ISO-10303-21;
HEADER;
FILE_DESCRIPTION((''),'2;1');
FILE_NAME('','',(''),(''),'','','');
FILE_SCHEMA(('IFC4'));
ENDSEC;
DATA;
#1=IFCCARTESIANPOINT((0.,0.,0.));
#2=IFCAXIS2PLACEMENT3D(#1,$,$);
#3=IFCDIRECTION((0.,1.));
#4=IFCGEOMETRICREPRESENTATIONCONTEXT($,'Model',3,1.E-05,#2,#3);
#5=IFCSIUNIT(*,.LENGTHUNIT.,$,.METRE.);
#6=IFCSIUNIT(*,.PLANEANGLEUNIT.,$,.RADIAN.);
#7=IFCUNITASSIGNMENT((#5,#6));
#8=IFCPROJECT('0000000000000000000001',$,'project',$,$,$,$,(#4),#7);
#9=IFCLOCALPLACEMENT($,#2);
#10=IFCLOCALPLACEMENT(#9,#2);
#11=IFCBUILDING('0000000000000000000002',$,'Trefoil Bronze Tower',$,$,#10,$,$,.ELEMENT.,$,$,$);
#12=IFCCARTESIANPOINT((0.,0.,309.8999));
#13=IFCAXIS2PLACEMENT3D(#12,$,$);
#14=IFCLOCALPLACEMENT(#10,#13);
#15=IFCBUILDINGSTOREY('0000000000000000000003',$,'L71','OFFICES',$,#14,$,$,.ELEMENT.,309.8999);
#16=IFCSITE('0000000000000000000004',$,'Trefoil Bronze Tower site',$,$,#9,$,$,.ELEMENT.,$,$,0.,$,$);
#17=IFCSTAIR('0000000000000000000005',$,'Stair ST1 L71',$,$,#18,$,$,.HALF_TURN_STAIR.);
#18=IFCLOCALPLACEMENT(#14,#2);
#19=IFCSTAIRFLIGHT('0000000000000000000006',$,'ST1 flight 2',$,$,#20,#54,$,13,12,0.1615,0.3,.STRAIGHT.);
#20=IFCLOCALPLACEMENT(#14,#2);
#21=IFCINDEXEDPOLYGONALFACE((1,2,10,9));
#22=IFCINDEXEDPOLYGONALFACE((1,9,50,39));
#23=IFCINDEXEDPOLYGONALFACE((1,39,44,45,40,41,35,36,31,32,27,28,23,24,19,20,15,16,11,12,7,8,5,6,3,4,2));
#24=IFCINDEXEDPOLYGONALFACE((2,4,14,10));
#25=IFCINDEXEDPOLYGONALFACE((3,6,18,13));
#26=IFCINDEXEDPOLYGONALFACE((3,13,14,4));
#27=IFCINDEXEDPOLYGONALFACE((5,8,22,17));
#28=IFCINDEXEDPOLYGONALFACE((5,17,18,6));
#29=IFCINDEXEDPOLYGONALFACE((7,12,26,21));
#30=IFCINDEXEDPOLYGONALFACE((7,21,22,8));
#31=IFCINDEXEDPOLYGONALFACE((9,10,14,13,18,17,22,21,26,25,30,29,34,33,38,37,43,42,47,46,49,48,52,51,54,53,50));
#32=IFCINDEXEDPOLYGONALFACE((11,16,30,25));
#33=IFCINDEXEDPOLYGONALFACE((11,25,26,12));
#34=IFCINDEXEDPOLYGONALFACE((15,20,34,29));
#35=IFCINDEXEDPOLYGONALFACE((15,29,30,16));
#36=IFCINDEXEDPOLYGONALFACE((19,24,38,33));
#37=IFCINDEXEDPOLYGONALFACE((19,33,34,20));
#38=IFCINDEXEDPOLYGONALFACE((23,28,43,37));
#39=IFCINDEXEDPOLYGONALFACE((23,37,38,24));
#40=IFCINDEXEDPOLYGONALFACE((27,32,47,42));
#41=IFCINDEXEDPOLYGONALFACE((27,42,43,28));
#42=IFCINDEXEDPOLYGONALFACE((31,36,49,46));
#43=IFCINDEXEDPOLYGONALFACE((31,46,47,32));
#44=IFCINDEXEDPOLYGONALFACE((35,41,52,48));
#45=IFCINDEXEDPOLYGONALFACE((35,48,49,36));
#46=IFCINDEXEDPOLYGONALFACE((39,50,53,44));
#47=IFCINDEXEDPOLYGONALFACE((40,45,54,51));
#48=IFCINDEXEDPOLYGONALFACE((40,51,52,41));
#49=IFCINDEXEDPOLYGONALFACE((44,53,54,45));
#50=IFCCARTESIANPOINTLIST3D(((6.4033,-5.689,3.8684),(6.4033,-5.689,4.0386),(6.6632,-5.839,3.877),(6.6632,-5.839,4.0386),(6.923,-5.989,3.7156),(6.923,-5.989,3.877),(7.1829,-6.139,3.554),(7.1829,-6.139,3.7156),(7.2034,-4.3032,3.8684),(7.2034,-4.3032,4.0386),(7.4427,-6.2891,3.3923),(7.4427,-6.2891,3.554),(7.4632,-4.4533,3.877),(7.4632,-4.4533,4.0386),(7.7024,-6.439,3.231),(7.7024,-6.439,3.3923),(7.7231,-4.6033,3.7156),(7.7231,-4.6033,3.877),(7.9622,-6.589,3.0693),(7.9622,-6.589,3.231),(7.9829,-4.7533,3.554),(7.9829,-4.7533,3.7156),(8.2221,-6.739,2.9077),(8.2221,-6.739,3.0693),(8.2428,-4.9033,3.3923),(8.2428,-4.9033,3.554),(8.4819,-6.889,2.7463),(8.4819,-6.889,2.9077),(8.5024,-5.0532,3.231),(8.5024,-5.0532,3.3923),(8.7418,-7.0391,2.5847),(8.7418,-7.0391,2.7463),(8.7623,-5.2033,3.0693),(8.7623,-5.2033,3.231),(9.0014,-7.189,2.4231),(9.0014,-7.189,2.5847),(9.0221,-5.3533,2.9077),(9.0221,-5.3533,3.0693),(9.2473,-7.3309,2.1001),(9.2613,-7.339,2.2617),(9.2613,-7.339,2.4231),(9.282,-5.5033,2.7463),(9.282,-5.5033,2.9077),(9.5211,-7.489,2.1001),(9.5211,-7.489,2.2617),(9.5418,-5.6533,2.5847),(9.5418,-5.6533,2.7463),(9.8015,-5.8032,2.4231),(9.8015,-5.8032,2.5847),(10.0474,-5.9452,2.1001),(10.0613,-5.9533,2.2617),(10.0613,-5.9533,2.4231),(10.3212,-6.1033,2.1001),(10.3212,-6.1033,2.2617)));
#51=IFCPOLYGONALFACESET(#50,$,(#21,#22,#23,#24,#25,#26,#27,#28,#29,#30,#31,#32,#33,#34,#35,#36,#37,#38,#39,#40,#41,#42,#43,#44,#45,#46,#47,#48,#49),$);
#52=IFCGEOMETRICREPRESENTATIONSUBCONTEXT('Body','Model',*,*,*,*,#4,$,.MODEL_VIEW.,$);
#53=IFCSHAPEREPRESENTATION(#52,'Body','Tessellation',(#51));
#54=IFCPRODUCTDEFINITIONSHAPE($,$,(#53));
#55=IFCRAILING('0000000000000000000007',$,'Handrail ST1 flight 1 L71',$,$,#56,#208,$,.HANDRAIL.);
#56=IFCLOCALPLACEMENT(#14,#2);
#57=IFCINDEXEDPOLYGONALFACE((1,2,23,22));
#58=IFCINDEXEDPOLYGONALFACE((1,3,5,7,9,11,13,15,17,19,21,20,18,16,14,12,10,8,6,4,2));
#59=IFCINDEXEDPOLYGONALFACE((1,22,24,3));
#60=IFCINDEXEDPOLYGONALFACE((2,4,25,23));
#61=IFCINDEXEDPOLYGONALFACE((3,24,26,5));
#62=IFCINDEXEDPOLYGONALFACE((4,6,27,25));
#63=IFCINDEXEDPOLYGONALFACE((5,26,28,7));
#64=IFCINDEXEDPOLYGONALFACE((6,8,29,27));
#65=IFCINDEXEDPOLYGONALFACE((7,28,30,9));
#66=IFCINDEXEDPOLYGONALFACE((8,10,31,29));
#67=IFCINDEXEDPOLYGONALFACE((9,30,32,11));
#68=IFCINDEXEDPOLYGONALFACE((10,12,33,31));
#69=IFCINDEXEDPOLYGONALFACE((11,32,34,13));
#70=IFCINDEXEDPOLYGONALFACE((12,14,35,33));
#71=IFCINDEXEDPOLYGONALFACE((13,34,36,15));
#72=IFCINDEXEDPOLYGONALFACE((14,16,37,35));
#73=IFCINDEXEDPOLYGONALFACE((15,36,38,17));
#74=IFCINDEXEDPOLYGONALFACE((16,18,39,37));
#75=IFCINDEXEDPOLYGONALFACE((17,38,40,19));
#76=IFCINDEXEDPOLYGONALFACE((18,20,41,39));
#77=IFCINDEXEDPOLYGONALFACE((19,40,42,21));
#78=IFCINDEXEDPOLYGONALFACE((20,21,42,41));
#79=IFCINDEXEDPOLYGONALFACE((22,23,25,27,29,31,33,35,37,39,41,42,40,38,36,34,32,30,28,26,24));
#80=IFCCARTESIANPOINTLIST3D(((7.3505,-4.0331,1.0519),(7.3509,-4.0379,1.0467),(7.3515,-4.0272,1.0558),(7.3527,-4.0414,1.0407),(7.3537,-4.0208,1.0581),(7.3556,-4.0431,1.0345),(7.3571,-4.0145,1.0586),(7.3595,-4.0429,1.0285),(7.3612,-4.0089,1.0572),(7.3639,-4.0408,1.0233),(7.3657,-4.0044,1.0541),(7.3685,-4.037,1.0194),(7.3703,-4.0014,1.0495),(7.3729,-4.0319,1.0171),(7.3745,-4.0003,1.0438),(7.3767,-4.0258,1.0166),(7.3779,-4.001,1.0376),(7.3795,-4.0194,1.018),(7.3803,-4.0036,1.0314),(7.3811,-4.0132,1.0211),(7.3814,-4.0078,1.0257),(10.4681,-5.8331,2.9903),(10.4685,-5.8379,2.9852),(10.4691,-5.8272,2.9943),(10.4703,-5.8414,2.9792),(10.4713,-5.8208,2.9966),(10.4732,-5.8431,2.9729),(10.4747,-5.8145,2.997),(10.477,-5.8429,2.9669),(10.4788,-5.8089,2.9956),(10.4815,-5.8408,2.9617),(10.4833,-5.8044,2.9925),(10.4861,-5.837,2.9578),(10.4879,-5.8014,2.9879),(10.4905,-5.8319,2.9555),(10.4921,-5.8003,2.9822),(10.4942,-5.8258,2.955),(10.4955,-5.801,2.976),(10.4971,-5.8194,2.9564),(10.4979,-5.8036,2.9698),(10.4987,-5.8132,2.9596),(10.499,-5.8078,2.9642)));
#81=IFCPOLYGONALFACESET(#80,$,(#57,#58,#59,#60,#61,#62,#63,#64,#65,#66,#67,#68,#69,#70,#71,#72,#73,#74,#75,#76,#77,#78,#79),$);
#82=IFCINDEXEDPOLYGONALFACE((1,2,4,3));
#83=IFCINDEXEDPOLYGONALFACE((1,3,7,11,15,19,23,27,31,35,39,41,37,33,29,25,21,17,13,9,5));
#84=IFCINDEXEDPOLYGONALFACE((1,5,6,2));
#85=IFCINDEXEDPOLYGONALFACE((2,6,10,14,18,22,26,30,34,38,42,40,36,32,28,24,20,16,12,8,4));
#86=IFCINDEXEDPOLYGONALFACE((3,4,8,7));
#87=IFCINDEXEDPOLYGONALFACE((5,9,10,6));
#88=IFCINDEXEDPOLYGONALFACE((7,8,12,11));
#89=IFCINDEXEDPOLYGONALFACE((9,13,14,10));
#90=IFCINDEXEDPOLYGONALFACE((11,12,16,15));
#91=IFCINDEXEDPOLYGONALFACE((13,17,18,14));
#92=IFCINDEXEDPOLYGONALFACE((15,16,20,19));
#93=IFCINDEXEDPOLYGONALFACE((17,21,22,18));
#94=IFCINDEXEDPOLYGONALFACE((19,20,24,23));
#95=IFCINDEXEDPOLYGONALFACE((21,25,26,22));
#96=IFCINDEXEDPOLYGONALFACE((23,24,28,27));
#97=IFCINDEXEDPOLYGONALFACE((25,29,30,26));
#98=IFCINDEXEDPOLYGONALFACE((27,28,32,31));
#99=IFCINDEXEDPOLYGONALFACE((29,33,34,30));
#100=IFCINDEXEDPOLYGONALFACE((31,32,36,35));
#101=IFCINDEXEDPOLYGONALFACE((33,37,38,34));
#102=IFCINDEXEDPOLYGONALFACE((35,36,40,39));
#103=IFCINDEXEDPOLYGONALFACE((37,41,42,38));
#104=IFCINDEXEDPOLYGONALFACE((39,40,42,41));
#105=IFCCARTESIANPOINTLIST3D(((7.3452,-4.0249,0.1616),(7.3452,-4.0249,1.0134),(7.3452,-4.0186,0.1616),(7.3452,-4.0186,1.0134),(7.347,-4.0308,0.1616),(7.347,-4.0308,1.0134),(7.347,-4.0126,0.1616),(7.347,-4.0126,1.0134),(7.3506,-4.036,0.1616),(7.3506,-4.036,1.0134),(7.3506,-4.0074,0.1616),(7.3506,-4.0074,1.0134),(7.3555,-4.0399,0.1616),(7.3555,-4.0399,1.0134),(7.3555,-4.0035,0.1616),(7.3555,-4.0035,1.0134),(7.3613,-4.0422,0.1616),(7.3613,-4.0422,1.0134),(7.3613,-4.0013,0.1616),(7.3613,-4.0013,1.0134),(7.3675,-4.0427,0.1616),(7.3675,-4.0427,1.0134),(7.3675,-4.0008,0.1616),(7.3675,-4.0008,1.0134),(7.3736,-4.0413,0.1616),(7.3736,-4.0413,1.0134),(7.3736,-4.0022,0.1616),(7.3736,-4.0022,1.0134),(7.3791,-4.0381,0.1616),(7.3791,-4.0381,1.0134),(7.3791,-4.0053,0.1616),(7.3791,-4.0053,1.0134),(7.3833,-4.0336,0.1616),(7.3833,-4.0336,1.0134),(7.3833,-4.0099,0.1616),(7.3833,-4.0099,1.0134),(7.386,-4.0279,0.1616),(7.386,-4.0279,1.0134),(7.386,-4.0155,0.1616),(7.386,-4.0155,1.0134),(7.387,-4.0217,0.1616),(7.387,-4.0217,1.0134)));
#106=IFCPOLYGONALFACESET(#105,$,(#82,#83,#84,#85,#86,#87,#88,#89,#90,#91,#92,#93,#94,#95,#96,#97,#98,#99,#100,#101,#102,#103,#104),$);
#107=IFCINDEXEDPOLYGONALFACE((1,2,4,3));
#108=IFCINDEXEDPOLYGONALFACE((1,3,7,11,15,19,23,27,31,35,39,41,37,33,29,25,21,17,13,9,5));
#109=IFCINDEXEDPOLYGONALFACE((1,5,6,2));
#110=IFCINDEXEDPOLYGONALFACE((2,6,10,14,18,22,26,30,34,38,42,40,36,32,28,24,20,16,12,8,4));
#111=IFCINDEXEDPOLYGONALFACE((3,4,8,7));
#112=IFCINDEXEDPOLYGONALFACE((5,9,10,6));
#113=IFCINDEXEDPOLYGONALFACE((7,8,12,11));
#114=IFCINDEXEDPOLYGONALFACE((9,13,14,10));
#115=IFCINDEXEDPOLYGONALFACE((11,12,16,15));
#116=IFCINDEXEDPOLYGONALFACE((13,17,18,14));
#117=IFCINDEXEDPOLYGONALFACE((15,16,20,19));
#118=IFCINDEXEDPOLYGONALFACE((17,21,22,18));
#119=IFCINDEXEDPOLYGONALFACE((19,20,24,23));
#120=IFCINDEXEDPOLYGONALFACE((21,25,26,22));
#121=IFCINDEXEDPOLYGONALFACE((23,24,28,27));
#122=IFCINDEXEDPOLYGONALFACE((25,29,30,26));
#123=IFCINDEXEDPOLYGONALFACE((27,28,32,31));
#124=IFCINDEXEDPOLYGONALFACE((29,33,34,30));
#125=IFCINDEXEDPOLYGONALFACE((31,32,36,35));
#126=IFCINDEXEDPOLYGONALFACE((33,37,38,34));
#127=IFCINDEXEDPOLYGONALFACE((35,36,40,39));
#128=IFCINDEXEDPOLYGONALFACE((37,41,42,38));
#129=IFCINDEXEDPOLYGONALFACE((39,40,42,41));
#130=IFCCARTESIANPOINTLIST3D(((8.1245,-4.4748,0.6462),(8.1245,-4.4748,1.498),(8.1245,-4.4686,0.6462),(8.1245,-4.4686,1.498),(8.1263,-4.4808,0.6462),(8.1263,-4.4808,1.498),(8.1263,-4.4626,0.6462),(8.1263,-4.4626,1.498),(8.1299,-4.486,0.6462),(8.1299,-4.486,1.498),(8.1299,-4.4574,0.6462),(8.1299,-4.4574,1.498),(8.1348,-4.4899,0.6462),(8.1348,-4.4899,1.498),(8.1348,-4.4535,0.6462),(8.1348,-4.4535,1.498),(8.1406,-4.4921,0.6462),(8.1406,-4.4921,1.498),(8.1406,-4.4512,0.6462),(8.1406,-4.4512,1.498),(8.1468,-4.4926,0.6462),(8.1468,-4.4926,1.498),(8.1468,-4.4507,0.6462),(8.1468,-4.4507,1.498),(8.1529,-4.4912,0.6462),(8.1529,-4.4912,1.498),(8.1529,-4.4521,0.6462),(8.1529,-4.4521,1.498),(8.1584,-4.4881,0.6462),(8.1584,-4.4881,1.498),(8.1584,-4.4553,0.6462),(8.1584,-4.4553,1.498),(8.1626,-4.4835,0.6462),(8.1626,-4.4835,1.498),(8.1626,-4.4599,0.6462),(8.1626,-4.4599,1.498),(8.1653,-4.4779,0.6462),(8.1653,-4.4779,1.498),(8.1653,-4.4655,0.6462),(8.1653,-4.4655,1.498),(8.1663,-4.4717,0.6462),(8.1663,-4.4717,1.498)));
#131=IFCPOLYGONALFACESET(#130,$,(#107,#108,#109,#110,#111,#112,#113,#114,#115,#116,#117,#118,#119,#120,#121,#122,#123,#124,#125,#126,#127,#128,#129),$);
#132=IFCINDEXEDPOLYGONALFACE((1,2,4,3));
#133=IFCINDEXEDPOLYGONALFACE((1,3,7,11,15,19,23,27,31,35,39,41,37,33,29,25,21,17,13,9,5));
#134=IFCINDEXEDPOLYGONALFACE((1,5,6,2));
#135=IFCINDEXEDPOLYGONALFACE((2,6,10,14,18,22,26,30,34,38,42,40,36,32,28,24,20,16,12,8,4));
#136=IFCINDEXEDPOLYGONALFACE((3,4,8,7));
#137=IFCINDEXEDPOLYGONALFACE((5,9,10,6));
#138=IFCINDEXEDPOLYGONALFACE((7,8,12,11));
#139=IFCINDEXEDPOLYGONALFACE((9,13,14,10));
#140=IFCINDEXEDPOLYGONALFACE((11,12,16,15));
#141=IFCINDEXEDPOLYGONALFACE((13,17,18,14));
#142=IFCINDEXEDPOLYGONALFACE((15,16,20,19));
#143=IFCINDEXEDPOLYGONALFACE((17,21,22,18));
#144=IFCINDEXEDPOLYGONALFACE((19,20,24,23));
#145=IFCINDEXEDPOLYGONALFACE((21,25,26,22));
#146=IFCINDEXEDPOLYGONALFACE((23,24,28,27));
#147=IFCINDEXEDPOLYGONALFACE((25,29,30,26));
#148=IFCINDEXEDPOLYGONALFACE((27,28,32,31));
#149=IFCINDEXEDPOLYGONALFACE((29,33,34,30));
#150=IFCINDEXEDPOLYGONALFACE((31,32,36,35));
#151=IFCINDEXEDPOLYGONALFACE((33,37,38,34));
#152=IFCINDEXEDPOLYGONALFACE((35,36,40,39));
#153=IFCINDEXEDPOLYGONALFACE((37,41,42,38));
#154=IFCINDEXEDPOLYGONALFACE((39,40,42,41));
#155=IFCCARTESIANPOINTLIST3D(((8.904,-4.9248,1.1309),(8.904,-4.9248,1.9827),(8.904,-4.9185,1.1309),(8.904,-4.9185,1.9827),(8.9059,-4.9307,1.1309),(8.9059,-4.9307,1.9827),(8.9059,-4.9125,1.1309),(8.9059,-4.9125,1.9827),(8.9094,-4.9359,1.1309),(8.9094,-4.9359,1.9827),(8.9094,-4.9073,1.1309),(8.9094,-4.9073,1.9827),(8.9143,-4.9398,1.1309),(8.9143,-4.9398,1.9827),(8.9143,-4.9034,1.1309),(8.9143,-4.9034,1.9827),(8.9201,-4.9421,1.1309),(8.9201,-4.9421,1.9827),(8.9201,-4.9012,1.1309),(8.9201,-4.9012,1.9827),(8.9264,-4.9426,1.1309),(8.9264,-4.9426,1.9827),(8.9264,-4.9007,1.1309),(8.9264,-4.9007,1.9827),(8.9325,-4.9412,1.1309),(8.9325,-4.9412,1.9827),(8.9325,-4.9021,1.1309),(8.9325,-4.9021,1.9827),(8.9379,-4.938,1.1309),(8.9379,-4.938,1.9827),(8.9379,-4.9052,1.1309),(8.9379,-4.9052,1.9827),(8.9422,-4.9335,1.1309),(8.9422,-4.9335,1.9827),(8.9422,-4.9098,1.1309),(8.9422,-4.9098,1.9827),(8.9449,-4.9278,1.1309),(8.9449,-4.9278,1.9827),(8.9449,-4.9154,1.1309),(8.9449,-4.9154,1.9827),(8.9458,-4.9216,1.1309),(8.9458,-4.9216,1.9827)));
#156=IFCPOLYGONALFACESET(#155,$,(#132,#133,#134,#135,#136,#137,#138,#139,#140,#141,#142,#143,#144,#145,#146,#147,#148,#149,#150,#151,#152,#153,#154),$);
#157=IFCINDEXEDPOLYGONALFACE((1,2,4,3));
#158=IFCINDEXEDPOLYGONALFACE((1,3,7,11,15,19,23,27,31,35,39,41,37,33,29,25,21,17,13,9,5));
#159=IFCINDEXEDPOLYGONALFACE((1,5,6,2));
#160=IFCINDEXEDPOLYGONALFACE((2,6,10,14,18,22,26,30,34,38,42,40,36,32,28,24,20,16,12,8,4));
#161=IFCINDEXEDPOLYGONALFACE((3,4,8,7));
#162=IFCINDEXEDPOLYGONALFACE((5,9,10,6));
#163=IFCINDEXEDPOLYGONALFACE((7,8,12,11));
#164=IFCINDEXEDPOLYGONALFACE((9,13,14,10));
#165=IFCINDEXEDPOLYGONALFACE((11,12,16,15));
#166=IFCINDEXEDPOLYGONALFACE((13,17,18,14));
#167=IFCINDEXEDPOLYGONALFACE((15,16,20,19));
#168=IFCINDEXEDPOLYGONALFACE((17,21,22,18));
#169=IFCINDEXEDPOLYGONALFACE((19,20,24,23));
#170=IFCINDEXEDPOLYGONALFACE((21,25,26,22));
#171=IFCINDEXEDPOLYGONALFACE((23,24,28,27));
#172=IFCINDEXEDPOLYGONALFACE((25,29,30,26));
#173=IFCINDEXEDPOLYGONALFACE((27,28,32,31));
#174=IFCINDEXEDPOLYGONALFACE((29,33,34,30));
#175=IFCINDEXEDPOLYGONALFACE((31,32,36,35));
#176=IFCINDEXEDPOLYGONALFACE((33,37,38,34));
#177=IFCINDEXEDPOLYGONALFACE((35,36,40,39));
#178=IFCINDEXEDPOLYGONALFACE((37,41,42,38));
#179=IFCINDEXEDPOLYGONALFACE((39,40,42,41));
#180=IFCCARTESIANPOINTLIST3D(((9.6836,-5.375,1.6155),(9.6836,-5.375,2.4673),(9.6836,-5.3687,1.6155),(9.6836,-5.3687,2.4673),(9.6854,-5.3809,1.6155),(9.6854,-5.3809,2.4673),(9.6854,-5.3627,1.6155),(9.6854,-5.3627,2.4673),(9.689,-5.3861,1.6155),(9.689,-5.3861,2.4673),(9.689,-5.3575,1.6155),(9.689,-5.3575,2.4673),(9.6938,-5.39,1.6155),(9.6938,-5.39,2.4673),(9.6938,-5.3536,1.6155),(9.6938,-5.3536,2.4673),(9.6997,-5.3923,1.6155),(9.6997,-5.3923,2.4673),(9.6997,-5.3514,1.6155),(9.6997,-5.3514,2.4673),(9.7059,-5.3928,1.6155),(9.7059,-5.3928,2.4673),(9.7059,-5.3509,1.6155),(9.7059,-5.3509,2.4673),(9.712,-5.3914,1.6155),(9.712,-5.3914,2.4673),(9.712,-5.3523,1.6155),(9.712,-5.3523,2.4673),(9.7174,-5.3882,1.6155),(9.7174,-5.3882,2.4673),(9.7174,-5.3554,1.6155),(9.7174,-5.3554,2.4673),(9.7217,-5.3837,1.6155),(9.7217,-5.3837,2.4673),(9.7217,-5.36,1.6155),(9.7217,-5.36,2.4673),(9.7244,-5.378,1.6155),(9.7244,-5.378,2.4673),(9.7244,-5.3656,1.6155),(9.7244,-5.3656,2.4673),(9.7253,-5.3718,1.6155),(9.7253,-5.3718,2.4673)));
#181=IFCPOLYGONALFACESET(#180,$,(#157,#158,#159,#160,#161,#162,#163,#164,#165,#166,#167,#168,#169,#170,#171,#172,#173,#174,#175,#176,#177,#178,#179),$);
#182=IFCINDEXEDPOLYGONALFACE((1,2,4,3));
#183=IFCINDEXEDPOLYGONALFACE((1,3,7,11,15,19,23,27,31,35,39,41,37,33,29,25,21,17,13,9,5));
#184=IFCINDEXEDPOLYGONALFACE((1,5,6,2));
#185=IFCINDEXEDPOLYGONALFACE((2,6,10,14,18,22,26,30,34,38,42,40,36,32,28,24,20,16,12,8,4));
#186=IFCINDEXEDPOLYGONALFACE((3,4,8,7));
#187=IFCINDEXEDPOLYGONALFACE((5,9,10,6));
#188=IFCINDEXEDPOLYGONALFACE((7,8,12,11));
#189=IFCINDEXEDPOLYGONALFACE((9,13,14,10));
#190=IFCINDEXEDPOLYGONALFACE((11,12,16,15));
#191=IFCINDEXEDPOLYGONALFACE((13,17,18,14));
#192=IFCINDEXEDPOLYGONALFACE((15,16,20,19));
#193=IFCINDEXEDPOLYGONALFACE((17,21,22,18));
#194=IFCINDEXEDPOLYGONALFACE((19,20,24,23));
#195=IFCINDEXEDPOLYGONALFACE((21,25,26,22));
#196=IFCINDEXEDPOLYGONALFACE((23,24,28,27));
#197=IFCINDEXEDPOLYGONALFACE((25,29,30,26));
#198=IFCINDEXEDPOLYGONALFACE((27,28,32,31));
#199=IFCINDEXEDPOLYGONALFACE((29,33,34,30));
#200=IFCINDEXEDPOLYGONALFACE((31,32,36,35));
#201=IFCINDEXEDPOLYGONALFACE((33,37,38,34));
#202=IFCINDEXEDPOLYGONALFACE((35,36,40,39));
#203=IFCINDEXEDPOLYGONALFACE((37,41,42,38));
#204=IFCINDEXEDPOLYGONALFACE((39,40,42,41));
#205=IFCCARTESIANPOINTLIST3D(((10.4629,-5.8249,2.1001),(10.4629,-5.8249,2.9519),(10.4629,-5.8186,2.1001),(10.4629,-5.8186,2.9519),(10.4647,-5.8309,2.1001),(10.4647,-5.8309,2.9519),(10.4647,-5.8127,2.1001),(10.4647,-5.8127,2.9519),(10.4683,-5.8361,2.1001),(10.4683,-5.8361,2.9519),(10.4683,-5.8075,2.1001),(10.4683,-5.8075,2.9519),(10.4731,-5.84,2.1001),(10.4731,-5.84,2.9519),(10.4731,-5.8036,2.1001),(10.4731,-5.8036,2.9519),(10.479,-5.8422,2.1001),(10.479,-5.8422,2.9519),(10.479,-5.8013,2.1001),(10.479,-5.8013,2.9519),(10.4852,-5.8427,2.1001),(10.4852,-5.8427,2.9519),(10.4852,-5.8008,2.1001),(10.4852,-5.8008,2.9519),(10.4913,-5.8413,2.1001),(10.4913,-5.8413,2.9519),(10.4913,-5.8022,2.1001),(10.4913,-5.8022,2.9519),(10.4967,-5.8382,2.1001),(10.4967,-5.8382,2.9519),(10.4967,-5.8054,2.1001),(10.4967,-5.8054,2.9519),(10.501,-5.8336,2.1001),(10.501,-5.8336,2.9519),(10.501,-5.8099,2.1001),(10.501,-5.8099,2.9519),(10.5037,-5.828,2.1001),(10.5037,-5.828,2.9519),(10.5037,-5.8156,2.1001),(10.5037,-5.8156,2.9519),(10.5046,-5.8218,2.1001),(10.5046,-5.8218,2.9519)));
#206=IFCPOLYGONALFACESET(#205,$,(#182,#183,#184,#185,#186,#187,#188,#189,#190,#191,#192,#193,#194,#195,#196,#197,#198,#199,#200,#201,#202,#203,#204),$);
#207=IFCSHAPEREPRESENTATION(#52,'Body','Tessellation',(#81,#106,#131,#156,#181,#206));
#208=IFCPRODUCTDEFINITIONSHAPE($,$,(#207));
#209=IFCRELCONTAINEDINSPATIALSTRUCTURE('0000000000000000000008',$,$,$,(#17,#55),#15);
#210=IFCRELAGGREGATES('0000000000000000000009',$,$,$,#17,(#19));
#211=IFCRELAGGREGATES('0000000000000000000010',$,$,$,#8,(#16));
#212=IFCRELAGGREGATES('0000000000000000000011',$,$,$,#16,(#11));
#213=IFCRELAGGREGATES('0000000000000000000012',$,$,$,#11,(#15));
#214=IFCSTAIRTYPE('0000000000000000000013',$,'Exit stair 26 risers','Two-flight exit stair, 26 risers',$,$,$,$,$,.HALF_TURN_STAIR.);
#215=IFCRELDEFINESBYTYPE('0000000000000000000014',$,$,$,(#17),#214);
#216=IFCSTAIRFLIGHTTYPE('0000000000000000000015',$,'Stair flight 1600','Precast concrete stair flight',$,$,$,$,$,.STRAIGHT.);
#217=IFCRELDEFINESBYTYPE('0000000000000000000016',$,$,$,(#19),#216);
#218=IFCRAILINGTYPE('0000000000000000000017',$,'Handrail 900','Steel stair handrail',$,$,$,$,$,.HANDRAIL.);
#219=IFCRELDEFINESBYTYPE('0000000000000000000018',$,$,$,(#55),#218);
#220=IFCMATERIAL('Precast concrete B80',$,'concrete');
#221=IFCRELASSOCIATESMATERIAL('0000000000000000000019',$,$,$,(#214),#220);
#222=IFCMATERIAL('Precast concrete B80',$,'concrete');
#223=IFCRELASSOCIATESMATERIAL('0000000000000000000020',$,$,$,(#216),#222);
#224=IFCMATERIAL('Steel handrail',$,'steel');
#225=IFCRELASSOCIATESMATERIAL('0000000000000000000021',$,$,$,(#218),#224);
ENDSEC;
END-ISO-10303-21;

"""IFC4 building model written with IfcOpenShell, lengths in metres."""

from ifc_helpers import new_model, si_unit, direction, frame, origin, origin_2d, place, context, subcontext, project, spatial, polyline, circle, outline, extrude, material, type_object, element, aggregate, save


model = new_model("IFC4")

# Units and contexts
model_context = context("Model", 3, precision=1e-05, world=origin(), true_north=direction((0.0, 1.0)))
body_context = subcontext(model_context, "Body", "Model", "MODEL_VIEW")
ifc_project = project(units=[si_unit("LENGTHUNIT", "METRE"), si_unit("PLANEANGLEUNIT", "RADIAN")], contexts=[model_context])

# Site, building, storey
site_placement = place(None, origin())
site = spatial("IfcSite", under=ifc_project, at=site_placement, Name="Trefoil Bronze Tower site", CompositionType="ELEMENT", RefElevation=0.0)
building_placement = place(site_placement, origin())
building = spatial("IfcBuilding", under=site, at=building_placement, Name="Trefoil Bronze Tower", CompositionType="ELEMENT")
storey_placement = place(building_placement, frame((0.0, 0.0, 309.8999)))
storey = spatial("IfcBuildingStorey", under=building, at=storey_placement, Name="L71", Description="OFFICES", CompositionType="ELEMENT", Elevation=309.8999)

# Stair
ifc_material_1 = material(Name="Precast concrete B80", Category="concrete")
stair_type = type_object("IfcStairType", Name="Exit stair 26 risers", Description="Two-flight exit stair, 26 risers", PredefinedType="HALF_TURN_STAIR", material=ifc_material_1)
stair_1_placement = place(storey_placement, origin())
stair_1 = element("IfcStair", 1, at=stair_1_placement, inside=storey, type_object=stair_type, Name="Stair ST1 L71", PredefinedType="HALF_TURN_STAIR")

# Stair flight
ifc_material_2 = material(Name="Precast concrete B80", Category="concrete")
stair_flight_type = type_object("IfcStairFlightType", Name="Stair flight 1600", Description="Precast concrete stair flight", PredefinedType="STRAIGHT", material=ifc_material_2)
stair_flight_1_placement = place(storey_placement, frame((9.9211, -6.7961, 2.1001), z_axis=(0.0, 0.0, 1.0), x_axis=(-0.866025, 0.5, 0.0)))
stair_flight_1 = element("IfcStairFlight", 2, at=stair_flight_1_placement, type_object=stair_flight_type, Name="ST1 flight 2", NumberOfRisers=13, NumberOfTreads=12, PredefinedType="STRAIGHT", RiserHeight=0.1615, TreadLength=0.3, context=body_context, shape_type="SweptSolid", body=[
    extrude(outline(polyline([(0.0, 0.0), (0.0, 0.1616), (0.3, 0.1616), (0.3, 0.323), (0.6001, 0.323), (0.6001, 0.4846), (0.8999, 0.4846), (0.8999, 0.6462), (1.2, 0.6462), (1.2, 0.8076), (1.5, 0.8076), (1.5, 0.9692), (1.8, 0.9692), (1.8, 1.1309), (2.1001, 1.1309), (2.1001, 1.2922), (2.3999, 1.2922), (2.3999, 1.4539), (2.7, 1.4539), (2.7, 1.6155), (3.0, 1.6155), (3.0, 1.7769), (3.3, 1.7769), (3.3, 1.9385), (3.6001, 1.9385), (3.6001, 2.1001), (3.6001, 1.7683), (0.3162, 0.0), (0.0, 0.0)])), frame((0.0, 0.8, 0.0), z_axis=(0.0, -1.0, 0.0), x_axis=(1.0, 0.0, 0.0)), (0.0, 0.0, 1.0), 1.6001),
])
aggregate(stair_1, [stair_flight_1])

# Railing
ifc_material_3 = material(Name="Steel handrail", Category="steel")
railing_type = type_object("IfcRailingType", Name="Handrail 900", Description="Steel stair handrail", PredefinedType="HANDRAIL", material=ifc_material_3)
railing_1_placement = place(storey_placement, frame((7.366, -4.0217, 0.1616)))
element("IfcRailing", 3, at=railing_1_placement, inside=storey, type_object=railing_type, Name="Handrail ST1 flight 1 L71", PredefinedType="HANDRAIL", context=body_context, shape_type="SweptSolid", body=[
    extrude(circle(Radius=0.0239, at=origin_2d()), frame((0.0, 0.0, 0.876), z_axis=(0.762503, -0.440246, 0.474102), x_axis=(0.500012, 0.866018, 0.0)), (0.0, 0.0, 1.0), 4.0886),
    extrude(circle(Radius=0.021, at=origin_2d()), origin(), (0.0, 0.0, 1.0), 0.8518),
    extrude(circle(Radius=0.021, at=origin_2d()), frame((0.7793, -0.45, 0.4846)), (0.0, 0.0, 1.0), 0.8518),
    extrude(circle(Radius=0.021, at=origin_2d()), frame((1.5588, -0.8999, 0.9692)), (0.0, 0.0, 1.0), 0.8518),
    extrude(circle(Radius=0.021, at=origin_2d()), frame((2.3384, -1.3501, 1.4539)), (0.0, 0.0, 1.0), 0.8518),
    extrude(circle(Radius=0.021, at=origin_2d()), frame((3.1177, -1.8, 1.9385)), (0.0, 0.0, 1.0), 0.8518),
])

save(model, "model.ifc")
